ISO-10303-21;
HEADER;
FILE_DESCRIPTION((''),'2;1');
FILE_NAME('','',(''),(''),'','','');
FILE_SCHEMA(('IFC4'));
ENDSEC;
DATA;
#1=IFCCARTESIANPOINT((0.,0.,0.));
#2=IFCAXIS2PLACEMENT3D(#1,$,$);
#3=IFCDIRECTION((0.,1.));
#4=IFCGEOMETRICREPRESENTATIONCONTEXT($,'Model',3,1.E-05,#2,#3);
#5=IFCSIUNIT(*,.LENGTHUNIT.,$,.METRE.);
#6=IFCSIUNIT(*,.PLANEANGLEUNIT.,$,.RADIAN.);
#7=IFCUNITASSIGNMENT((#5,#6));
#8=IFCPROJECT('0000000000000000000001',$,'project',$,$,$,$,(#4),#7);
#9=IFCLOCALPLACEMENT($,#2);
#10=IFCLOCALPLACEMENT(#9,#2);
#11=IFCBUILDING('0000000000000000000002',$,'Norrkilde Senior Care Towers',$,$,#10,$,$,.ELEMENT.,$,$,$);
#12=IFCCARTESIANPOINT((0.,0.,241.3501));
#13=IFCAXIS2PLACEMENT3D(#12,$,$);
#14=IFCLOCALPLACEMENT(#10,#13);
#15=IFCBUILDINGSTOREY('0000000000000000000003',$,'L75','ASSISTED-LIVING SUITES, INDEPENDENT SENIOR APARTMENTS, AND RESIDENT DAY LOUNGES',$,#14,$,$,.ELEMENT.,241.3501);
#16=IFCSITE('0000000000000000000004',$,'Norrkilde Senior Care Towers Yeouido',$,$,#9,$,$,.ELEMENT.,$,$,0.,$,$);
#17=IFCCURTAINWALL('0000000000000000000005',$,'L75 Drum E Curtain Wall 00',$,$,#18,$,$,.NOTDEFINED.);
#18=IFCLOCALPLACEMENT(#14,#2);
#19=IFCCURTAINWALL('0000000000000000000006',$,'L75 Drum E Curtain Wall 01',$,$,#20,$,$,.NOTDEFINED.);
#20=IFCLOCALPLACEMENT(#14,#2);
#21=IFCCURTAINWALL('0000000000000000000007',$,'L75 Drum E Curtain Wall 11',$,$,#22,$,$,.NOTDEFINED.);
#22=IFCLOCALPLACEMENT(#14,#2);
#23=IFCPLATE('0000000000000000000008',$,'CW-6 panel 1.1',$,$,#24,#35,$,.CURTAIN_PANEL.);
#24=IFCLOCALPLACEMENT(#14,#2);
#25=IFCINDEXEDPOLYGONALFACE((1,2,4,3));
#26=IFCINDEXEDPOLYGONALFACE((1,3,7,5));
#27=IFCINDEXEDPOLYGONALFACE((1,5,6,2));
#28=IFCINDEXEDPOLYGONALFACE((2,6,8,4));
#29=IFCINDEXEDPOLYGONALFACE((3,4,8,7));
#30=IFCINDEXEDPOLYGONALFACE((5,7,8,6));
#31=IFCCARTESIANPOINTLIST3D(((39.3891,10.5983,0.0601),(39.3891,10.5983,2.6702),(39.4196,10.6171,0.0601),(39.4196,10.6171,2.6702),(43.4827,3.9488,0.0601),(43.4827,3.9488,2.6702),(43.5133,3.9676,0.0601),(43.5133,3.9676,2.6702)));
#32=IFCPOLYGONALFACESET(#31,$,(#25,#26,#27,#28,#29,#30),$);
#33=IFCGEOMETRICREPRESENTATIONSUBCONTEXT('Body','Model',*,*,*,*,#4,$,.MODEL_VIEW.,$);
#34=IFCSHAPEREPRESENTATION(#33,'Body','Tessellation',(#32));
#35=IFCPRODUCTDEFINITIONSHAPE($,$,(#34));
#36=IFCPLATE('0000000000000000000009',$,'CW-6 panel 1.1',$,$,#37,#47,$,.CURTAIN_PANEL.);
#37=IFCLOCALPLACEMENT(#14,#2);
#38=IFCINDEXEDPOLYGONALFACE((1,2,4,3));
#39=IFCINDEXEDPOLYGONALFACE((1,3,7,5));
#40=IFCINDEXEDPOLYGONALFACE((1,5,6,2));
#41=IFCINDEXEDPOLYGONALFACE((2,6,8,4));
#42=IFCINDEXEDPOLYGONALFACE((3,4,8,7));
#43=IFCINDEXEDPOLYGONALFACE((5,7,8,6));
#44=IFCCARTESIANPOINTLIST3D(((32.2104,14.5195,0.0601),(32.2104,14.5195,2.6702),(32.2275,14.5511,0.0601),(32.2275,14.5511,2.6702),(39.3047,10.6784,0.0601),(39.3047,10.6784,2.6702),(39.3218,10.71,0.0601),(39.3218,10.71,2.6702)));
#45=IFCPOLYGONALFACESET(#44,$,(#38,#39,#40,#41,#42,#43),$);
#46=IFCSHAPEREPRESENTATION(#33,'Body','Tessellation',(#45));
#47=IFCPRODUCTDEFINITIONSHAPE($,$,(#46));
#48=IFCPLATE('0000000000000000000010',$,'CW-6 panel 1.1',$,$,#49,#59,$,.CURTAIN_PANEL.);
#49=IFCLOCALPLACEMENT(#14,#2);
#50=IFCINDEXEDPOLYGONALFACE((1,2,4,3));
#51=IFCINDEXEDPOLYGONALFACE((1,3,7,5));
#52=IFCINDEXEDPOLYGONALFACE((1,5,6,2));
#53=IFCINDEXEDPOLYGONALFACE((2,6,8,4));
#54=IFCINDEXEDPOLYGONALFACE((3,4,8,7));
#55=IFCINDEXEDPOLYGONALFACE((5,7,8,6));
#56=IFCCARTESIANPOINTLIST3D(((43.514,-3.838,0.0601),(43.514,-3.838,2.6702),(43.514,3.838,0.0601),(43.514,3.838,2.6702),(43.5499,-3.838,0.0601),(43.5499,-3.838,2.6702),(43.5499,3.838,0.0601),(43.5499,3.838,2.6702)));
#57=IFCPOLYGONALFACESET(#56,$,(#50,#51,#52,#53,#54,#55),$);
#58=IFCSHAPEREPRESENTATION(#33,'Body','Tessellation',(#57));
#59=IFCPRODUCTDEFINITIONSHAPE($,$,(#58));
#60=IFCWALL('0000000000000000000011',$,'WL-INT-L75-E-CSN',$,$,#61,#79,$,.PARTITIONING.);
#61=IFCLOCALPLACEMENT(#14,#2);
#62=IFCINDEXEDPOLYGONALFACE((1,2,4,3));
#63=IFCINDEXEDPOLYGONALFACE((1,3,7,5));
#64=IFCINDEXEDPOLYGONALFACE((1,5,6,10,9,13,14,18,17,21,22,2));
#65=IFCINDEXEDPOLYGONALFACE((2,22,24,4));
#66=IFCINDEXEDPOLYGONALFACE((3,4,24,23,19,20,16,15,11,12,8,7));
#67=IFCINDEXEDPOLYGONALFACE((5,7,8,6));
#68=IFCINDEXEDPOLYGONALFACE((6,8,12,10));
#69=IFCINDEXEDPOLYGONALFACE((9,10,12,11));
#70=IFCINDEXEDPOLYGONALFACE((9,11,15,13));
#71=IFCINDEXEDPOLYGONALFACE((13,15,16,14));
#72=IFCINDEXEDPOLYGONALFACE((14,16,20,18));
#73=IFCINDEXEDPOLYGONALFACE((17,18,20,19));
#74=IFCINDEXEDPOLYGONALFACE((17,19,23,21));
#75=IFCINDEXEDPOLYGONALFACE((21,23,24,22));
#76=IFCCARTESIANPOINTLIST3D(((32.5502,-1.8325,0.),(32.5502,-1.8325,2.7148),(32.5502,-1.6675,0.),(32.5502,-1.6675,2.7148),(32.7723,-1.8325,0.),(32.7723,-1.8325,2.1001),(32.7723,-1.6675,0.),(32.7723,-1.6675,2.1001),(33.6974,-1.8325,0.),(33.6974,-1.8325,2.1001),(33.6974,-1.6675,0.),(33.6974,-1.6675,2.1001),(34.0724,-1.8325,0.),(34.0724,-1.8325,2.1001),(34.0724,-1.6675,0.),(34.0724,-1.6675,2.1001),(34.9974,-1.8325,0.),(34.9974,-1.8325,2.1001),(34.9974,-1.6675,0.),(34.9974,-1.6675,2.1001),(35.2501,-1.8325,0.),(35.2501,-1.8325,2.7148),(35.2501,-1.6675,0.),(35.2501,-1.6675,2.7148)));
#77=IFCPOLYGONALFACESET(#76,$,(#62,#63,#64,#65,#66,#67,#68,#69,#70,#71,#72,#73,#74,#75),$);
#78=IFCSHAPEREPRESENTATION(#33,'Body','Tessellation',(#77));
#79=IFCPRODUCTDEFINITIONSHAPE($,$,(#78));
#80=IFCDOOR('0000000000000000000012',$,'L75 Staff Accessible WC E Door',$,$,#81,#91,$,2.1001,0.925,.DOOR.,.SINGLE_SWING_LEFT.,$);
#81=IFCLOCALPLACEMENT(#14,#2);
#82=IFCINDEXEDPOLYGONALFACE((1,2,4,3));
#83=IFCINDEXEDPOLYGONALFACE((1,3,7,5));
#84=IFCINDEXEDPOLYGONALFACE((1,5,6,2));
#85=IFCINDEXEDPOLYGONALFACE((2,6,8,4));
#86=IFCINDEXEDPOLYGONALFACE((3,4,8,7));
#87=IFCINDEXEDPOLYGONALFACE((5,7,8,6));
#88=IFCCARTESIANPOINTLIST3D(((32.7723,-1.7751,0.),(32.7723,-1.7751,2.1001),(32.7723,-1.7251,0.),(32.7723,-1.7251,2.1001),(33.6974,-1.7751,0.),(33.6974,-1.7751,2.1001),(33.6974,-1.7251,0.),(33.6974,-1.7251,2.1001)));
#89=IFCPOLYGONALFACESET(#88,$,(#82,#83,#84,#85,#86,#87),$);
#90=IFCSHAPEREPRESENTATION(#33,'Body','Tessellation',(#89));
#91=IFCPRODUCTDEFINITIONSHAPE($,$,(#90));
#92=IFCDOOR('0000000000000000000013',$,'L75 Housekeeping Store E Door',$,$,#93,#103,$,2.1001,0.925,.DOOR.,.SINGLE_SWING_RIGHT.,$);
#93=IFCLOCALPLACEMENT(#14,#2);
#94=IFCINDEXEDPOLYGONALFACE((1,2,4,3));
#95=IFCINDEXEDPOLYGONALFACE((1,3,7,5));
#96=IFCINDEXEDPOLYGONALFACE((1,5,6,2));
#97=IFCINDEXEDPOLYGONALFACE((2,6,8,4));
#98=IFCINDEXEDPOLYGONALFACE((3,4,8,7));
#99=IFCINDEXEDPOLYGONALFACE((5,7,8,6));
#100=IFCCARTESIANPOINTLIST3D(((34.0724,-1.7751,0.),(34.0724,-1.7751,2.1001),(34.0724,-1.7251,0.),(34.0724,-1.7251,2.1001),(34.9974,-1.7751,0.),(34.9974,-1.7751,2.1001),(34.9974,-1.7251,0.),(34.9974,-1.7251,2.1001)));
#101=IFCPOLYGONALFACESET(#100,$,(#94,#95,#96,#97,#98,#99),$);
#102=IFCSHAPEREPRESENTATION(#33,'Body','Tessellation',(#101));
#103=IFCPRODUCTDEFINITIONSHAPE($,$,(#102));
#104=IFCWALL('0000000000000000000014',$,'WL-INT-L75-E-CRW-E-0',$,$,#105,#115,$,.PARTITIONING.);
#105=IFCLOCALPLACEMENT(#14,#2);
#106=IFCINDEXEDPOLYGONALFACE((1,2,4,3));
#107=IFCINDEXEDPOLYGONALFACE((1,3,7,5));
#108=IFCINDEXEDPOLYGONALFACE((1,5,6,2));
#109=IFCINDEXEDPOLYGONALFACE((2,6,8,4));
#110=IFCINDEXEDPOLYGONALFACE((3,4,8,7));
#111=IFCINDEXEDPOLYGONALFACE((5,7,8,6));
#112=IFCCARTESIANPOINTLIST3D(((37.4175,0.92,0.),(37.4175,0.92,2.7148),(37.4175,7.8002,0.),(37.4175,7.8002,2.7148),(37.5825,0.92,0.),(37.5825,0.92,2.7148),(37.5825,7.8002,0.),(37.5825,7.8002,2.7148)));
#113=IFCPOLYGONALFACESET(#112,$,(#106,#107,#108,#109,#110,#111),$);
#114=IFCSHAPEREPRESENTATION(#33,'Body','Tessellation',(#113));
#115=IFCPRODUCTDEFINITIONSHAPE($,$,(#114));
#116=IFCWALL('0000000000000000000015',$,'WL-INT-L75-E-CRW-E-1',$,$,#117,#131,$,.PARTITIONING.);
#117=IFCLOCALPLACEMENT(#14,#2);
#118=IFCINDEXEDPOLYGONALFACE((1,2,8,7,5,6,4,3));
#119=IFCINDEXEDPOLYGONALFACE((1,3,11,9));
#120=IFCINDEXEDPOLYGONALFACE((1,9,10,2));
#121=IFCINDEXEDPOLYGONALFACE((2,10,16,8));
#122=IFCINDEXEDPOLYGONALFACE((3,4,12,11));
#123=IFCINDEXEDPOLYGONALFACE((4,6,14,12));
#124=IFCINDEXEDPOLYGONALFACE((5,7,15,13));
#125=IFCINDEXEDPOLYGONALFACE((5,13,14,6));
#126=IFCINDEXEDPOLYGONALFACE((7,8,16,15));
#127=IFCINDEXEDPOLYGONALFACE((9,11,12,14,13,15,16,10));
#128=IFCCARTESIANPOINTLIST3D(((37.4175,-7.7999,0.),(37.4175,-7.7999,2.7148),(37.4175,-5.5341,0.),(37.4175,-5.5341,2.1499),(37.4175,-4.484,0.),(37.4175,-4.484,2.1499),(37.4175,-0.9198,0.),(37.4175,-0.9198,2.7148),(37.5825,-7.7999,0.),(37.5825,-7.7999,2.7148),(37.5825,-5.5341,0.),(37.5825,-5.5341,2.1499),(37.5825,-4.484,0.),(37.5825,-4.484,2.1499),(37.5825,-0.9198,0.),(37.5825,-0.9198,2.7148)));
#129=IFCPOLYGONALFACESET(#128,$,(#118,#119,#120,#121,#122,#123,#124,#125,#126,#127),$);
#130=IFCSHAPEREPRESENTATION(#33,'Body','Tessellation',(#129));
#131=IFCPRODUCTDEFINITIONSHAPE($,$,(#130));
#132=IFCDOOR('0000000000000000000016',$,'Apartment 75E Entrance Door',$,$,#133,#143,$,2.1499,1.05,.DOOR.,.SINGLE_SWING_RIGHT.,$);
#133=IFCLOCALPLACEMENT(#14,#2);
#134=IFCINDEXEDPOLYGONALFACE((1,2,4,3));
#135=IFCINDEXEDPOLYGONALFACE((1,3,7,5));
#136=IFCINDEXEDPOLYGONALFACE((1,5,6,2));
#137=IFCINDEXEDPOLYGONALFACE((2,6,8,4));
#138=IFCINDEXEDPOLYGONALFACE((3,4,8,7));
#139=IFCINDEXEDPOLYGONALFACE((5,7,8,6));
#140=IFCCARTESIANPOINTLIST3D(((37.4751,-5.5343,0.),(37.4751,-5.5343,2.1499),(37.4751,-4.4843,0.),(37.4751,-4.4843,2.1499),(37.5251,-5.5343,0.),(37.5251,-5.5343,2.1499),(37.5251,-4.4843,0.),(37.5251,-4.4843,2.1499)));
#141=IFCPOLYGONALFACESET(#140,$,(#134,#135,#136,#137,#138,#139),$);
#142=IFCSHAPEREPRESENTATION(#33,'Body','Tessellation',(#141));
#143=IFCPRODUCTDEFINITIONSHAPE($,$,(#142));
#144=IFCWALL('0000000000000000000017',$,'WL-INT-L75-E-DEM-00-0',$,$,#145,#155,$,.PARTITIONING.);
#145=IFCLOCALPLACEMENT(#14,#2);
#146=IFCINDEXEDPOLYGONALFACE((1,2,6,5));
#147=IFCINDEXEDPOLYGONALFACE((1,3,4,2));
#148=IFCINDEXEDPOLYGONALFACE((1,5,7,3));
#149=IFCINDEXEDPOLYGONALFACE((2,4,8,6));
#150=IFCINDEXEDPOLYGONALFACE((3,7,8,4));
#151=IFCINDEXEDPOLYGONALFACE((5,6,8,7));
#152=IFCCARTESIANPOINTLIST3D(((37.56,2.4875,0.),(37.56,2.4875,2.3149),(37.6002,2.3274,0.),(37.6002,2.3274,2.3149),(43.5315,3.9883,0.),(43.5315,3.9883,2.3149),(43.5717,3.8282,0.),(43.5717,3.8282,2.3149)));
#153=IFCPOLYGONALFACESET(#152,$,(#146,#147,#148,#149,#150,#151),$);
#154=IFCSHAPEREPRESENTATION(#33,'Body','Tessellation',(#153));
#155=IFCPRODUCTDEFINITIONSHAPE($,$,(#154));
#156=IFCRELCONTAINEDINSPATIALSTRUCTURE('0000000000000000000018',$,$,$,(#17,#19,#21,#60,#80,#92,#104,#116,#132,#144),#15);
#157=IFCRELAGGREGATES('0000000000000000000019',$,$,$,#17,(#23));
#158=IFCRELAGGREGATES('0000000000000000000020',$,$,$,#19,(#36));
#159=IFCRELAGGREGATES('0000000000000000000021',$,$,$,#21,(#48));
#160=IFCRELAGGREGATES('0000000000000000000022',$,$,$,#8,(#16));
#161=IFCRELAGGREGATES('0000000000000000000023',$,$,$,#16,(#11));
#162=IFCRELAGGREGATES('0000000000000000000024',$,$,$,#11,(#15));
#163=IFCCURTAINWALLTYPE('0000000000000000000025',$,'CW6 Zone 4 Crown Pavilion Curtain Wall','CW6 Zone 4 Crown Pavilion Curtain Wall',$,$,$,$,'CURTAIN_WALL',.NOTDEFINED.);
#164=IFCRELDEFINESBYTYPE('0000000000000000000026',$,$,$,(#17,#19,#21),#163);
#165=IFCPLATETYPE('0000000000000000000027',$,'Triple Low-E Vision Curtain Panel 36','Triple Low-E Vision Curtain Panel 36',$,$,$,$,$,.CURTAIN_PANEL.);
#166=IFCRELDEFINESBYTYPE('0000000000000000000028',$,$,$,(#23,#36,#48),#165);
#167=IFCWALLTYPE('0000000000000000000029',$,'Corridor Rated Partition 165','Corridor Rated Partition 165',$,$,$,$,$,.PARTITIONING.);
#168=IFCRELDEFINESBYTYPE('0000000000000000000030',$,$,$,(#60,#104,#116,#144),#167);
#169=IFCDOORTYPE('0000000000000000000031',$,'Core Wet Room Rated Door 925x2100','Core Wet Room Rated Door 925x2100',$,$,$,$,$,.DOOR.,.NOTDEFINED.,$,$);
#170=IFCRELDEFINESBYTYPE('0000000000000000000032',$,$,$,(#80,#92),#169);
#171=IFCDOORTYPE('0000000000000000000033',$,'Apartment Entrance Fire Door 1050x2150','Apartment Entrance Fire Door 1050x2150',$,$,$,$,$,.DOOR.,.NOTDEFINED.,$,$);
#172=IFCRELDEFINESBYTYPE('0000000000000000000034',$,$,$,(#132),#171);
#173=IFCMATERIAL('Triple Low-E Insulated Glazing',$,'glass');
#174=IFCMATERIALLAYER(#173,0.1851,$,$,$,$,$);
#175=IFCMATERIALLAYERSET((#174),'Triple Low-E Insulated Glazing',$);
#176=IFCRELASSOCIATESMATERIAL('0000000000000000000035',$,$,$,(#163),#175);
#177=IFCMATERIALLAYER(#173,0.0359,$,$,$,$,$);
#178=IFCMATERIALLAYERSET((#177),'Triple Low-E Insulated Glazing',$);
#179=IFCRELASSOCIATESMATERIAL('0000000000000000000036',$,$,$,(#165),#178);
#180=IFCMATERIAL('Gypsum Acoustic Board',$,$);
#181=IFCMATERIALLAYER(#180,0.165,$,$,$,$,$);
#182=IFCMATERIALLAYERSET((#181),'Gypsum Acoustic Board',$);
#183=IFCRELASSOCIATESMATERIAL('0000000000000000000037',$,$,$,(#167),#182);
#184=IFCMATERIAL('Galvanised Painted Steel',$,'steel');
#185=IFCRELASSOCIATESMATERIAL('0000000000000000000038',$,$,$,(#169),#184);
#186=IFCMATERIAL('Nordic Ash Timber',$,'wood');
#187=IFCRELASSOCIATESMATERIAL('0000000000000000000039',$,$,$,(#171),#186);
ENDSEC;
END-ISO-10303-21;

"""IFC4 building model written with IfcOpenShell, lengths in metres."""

from ifc_helpers import new_model, si_unit, direction, frame, frame_2d, origin, origin_2d, place, context, subcontext, project, spatial, rectangle, extrude, source, transform, mapped, material, layer, layer_set, type_object, type_shapes, element, fill, aggregate, save


model = new_model("IFC4")

# Units and contexts
model_context = context("Model", 3, precision=1e-05, world=origin(), true_north=direction((0.0, 1.0)))
body_context = subcontext(model_context, "Body", "Model", "MODEL_VIEW")
ifc_project = project(units=[si_unit("LENGTHUNIT", "METRE"), si_unit("PLANEANGLEUNIT", "RADIAN")], contexts=[model_context])

# Site, building, storey
site_placement = place(None, origin())
site = spatial("IfcSite", under=ifc_project, at=site_placement, Name="Norrkilde Senior Care Towers Yeouido", CompositionType="ELEMENT", RefElevation=0.0)
building_placement = place(site_placement, origin())
building = spatial("IfcBuilding", under=site, at=building_placement, Name="Norrkilde Senior Care Towers", CompositionType="ELEMENT")
storey_placement = place(building_placement, frame((0.0, 0.0, 241.3501)))
storey = spatial("IfcBuildingStorey", under=building, at=storey_placement, Name="L75", Description="ASSISTED-LIVING SUITES, INDEPENDENT SENIOR APARTMENTS, AND RESIDENT DAY LOUNGES", CompositionType="ELEMENT", Elevation=241.3501)

# Curtain wall
ifc_material_1 = material(Name="Triple Low-E Insulated Glazing", Category="glass")
ifc_layer_1 = layer(ifc_material_1, 0.1851)
ifc_layer_set_1 = layer_set([ifc_layer_1], Name="Triple Low-E Insulated Glazing")
curtain_wall_type = type_object("IfcCurtainWallType", Name="CW6 Zone 4 Crown Pavilion Curtain Wall", Description="CW6 Zone 4 Crown Pavilion Curtain Wall", ElementType="CURTAIN_WALL", PredefinedType="NOTDEFINED", material=ifc_layer_set_1)
curtain_wall_1_placement = place(storey_placement, origin())
curtain_wall_1 = element("IfcCurtainWall", 1, at=curtain_wall_1_placement, inside=storey, type_object=curtain_wall_type, Name="L75 Drum E Curtain Wall 00", PredefinedType="NOTDEFINED")

# Curtain walls
curtain_wall_2_placement = place(storey_placement, origin())
curtain_wall_2 = element("IfcCurtainWall", 2, at=curtain_wall_2_placement, inside=storey, type_object=curtain_wall_type, Name="L75 Drum E Curtain Wall 01", PredefinedType="NOTDEFINED")
curtain_wall_3_placement = place(storey_placement, origin())
curtain_wall_3 = element("IfcCurtainWall", 3, at=curtain_wall_3_placement, inside=storey, type_object=curtain_wall_type, Name="L75 Drum E Curtain Wall 11", PredefinedType="NOTDEFINED")

# Plates
ifc_layer_2 = layer(ifc_material_1, 0.0359)
ifc_layer_set_2 = layer_set([ifc_layer_2], Name="Triple Low-E Insulated Glazing")
plate_type = type_object("IfcPlateType", Name="Triple Low-E Vision Curtain Panel 36", Description="Triple Low-E Vision Curtain Panel 36", PredefinedType="CURTAIN_PANEL", material=ifc_layer_set_2)
shared_shape_1 = source(origin(), body_context, "Body", "SweptSolid", [
    extrude(rectangle(XDim=7.8086, YDim=0.0359, at=origin_2d()), origin(), (0.0, 0.0, 1.0), 2.6101),
])
plate_1_placement = place(storey_placement, frame((41.4512, 7.283, 0.0601), z_axis=(0.0, 0.0, 1.0), x_axis=(0.524253, -0.851563, 0.0)))
plate_1 = element("IfcPlate", 4, at=plate_1_placement, type_object=plate_type, Name="CW-6 panel 1.1", PredefinedType="CURTAIN_PANEL", context=body_context, shape_type="MappedRepresentation", body=[
    mapped(shared_shape_1, transform((0.0, 0.0, 0.0), x_axis=(1.0, 0.0, 0.0), y_axis=(0.0, 1.0, 0.0), z_axis=(0.0, 0.0, 1.0), scale=1.0)),
])
aggregate(curtain_wall_1, [plate_1])
shared_shape_2 = source(origin(), body_context, "Body", "SweptSolid", [
    extrude(rectangle(XDim=8.0674, YDim=0.0359, at=origin_2d()), origin(), (0.0, 0.0, 1.0), 2.6101),
])
plate_2_placement = place(storey_placement, frame((35.7661, 12.6147, 0.0601), z_axis=(0.0, 0.0, 1.0), x_axis=(0.879373, -0.476133, 0.0)))
plate_2 = element("IfcPlate", 5, at=plate_2_placement, type_object=plate_type, Name="CW-6 panel 1.1", PredefinedType="CURTAIN_PANEL", context=body_context, shape_type="MappedRepresentation", body=[
    mapped(shared_shape_2, transform((0.0, 0.0, 0.0), x_axis=(1.0, 0.0, 0.0), y_axis=(0.0, 1.0, 0.0), z_axis=(0.0, 0.0, 1.0), scale=1.0)),
])
aggregate(curtain_wall_2, [plate_2])
shared_shape_3 = source(origin(), body_context, "Body", "SweptSolid", [
    extrude(rectangle(XDim=7.676, YDim=0.0359, at=origin_2d()), origin(), (0.0, 0.0, 1.0), 2.6101),
])
type_shapes(plate_type, [shared_shape_1, shared_shape_2, shared_shape_3])
plate_3_placement = place(storey_placement, frame((43.532, 0.0, 0.0601), z_axis=(0.0, 0.0, 1.0), x_axis=(0.0, -1.0, 0.0)))
plate_3 = element("IfcPlate", 6, at=plate_3_placement, type_object=plate_type, Name="CW-6 panel 1.1", PredefinedType="CURTAIN_PANEL", context=body_context, shape_type="MappedRepresentation", body=[
    mapped(shared_shape_3, transform((0.0, 0.0, 0.0), x_axis=(1.0, 0.0, 0.0), y_axis=(0.0, 1.0, 0.0), z_axis=(0.0, 0.0, 1.0), scale=1.0)),
])
aggregate(curtain_wall_3, [plate_3])

# Shared definitions
ifc_material_2 = material(Name="Galvanised Painted Steel", Category="steel")

# Wall, openings, doors
ifc_material_3 = material(Name="Gypsum Acoustic Board")
ifc_layer_3 = layer(ifc_material_3, 0.165)
ifc_layer_set_3 = layer_set([ifc_layer_3], Name="Gypsum Acoustic Board")
wall_type_1 = type_object("IfcWallType", Name="Corridor Rated Partition 165", Description="Corridor Rated Partition 165", PredefinedType="PARTITIONING", material=ifc_layer_set_3)
shared_shape_4 = source(origin(), body_context, "Body", "SweptSolid", [
    extrude(rectangle(XDim=2.7, YDim=0.165, at=frame_2d((1.3501, 0.0))), origin(), (0.0, 0.0, 1.0), 2.7148),
])
wall_1_placement = place(storey_placement, frame((32.55, -1.75, 0.0), z_axis=(0.0, 0.0, 1.0), x_axis=(1.0, 0.0, 0.0)))
wall_1 = element("IfcWall", 7, at=wall_1_placement, inside=storey, type_object=wall_type_1, Name="WL-INT-L75-E-CSN", PredefinedType="PARTITIONING", context=body_context, shape_type="MappedRepresentation", body=[
    mapped(shared_shape_4, transform((0.0, 0.0, 0.0), x_axis=(1.0, 0.0, 0.0), y_axis=(0.0, 1.0, 0.0), z_axis=(0.0, 0.0, 1.0), scale=1.0)),
])
opening_1_placement = place(wall_1_placement, frame((0.2224, 0.0, 0.0)))
opening_1 = element("IfcOpeningElement", 8, at=opening_1_placement, cuts=wall_1, PredefinedType="OPENING", context=body_context, shape_type="SweptSolid", body=[
    extrude(rectangle(XDim=0.925, YDim=2.1001, at=frame_2d((0.4624, 1.05))), frame((0.0, 0.0925, 0.0), z_axis=(0.0, -1.0, 0.0), x_axis=(1.0, 0.0, 0.0)), (0.0, 0.0, 1.0), 0.1851),
])
opening_2_placement = place(wall_1_placement, frame((1.5225, 0.0, 0.0)))
opening_2 = element("IfcOpeningElement", 9, at=opening_2_placement, cuts=wall_1, PredefinedType="OPENING", context=body_context, shape_type="SweptSolid", body=[
    extrude(rectangle(XDim=0.925, YDim=2.1001, at=frame_2d((0.4624, 1.05))), frame((0.0, 0.0925, 0.0), z_axis=(0.0, -1.0, 0.0), x_axis=(1.0, 0.0, 0.0)), (0.0, 0.0, 1.0), 0.1851),
])
door_type_1 = type_object("IfcDoorType", Name="Core Wet Room Rated Door 925x2100", Description="Core Wet Room Rated Door 925x2100", OperationType="NOTDEFINED", PredefinedType="DOOR", material=ifc_material_2)
shared_shape_5 = source(origin(), body_context, "Body", "SweptSolid", [
    extrude(rectangle(XDim=0.925, YDim=2.1001, at=frame_2d((0.4624, 1.05))), frame((0.0, 0.0249, 0.0), z_axis=(0.0, -1.0, 0.0), x_axis=(1.0, 0.0, 0.0)), (0.0, 0.0, 1.0), 0.05),
])
type_shapes(door_type_1, [shared_shape_5])
door_1_placement = place(opening_1_placement, origin())
door_1 = element("IfcDoor", 10, at=door_1_placement, inside=storey, type_object=door_type_1, Name="L75 Staff Accessible WC E Door", OperationType="SINGLE_SWING_LEFT", OverallHeight=2.1001, OverallWidth=0.925, PredefinedType="DOOR", context=body_context, shape_type="MappedRepresentation", body=[
    mapped(shared_shape_5, transform((0.0, 0.0, 0.0), x_axis=(1.0, 0.0, 0.0), y_axis=(0.0, 1.0, 0.0), z_axis=(0.0, 0.0, 1.0), scale=1.0)),
])
fill(opening_1, door_1)
door_2_placement = place(opening_2_placement, origin())
door_2 = element("IfcDoor", 11, at=door_2_placement, inside=storey, type_object=door_type_1, Name="L75 Housekeeping Store E Door", OperationType="SINGLE_SWING_RIGHT", OverallHeight=2.1001, OverallWidth=0.925, PredefinedType="DOOR", context=body_context, shape_type="MappedRepresentation", body=[
    mapped(shared_shape_5, transform((0.0, 0.0, 0.0), x_axis=(1.0, 0.0, 0.0), y_axis=(0.0, 1.0, 0.0), z_axis=(0.0, 0.0, 1.0), scale=1.0)),
])
fill(opening_2, door_2)

# Wall
shared_shape_6 = source(origin(), body_context, "Body", "SweptSolid", [
    extrude(rectangle(XDim=6.8801, YDim=0.165, at=frame_2d((3.4399, 0.0))), origin(), (0.0, 0.0, 1.0), 2.7148),
])
wall_2_placement = place(storey_placement, frame((37.5, 7.8, 0.0), z_axis=(0.0, 0.0, 1.0), x_axis=(0.0, -1.0, 0.0)))
element("IfcWall", 12, at=wall_2_placement, inside=storey, type_object=wall_type_1, Name="WL-INT-L75-E-CRW-E-0", PredefinedType="PARTITIONING", context=body_context, shape_type="MappedRepresentation", body=[
    mapped(shared_shape_6, transform((0.0, 0.0, 0.0), x_axis=(1.0, 0.0, 0.0), y_axis=(0.0, 1.0, 0.0), z_axis=(0.0, 0.0, 1.0), scale=1.0)),
])

# Wall, opening, door
wall_3_placement = place(storey_placement, frame((37.5, -0.9199, 0.0), z_axis=(0.0, 0.0, 1.0), x_axis=(0.0, -1.0, 0.0)))
wall_3 = element("IfcWall", 13, at=wall_3_placement, inside=storey, type_object=wall_type_1, Name="WL-INT-L75-E-CRW-E-1", PredefinedType="PARTITIONING", context=body_context, shape_type="MappedRepresentation", body=[
    mapped(shared_shape_6, transform((0.0, 0.0, 0.0), x_axis=(1.0, 0.0, 0.0), y_axis=(0.0, 1.0, 0.0), z_axis=(0.0, 0.0, 1.0), scale=1.0)),
])
opening_3_placement = place(wall_3_placement, frame((3.5642, 0.0, 0.0)))
opening_3 = element("IfcOpeningElement", 14, at=opening_3_placement, cuts=wall_3, PredefinedType="OPENING", context=body_context, shape_type="SweptSolid", body=[
    extrude(rectangle(XDim=1.05, YDim=2.1499, at=frame_2d((0.5249, 1.075))), frame((0.0, 0.0925, 0.0), z_axis=(0.0, -1.0, 0.0), x_axis=(1.0, 0.0, 0.0)), (0.0, 0.0, 1.0), 0.1851),
])
ifc_material_4 = material(Name="Nordic Ash Timber", Category="wood")
door_type_2 = type_object("IfcDoorType", Name="Apartment Entrance Fire Door 1050x2150", Description="Apartment Entrance Fire Door 1050x2150", OperationType="NOTDEFINED", PredefinedType="DOOR", material=ifc_material_4)
shared_shape_7 = source(origin(), body_context, "Body", "SweptSolid", [
    extrude(rectangle(XDim=1.05, YDim=2.1499, at=frame_2d((0.5249, 1.075))), frame((0.0, 0.0249, 0.0), z_axis=(0.0, -1.0, 0.0), x_axis=(1.0, 0.0, 0.0)), (0.0, 0.0, 1.0), 0.05),
])
type_shapes(door_type_2, [shared_shape_7])
door_3_placement = place(opening_3_placement, frame((1.05, 0.0, 0.0), z_axis=(0.0, 0.0, 1.0), x_axis=(-1.0, 0.0, 0.0)))
door_3 = element("IfcDoor", 15, at=door_3_placement, inside=storey, type_object=door_type_2, Name="Apartment 75E Entrance Door", OperationType="SINGLE_SWING_RIGHT", OverallHeight=2.1499, OverallWidth=1.05, PredefinedType="DOOR", context=body_context, shape_type="MappedRepresentation", body=[
    mapped(shared_shape_7, transform((0.0, 0.0, 0.0), x_axis=(1.0, 0.0, 0.0), y_axis=(0.0, 1.0, 0.0), z_axis=(0.0, 0.0, 1.0), scale=1.0)),
])
fill(opening_3, door_3)

# Wall
shared_shape_8 = source(origin(), body_context, "Body", "SweptSolid", [
    extrude(rectangle(XDim=6.1572, YDim=0.165, at=frame_2d((3.0786, 0.0))), origin(), (0.0, 0.0, 1.0), 2.3149),
])
wall_4_placement = place(storey_placement, frame((37.5801, 2.4075, 0.0), z_axis=(0.0, 0.0, 1.0), x_axis=(0.969841, 0.243739, 0.0)))
element("IfcWall", 16, at=wall_4_placement, inside=storey, type_object=wall_type_1, Name="WL-INT-L75-E-DEM-00-0", PredefinedType="PARTITIONING", context=body_context, shape_type="MappedRepresentation", body=[
    mapped(shared_shape_8, transform((0.0, 0.0, 0.0), x_axis=(1.0, 0.0, 0.0), y_axis=(0.0, 1.0, 0.0), z_axis=(0.0, 0.0, 1.0), scale=1.0)),
])

save(model, "model.ifc")
